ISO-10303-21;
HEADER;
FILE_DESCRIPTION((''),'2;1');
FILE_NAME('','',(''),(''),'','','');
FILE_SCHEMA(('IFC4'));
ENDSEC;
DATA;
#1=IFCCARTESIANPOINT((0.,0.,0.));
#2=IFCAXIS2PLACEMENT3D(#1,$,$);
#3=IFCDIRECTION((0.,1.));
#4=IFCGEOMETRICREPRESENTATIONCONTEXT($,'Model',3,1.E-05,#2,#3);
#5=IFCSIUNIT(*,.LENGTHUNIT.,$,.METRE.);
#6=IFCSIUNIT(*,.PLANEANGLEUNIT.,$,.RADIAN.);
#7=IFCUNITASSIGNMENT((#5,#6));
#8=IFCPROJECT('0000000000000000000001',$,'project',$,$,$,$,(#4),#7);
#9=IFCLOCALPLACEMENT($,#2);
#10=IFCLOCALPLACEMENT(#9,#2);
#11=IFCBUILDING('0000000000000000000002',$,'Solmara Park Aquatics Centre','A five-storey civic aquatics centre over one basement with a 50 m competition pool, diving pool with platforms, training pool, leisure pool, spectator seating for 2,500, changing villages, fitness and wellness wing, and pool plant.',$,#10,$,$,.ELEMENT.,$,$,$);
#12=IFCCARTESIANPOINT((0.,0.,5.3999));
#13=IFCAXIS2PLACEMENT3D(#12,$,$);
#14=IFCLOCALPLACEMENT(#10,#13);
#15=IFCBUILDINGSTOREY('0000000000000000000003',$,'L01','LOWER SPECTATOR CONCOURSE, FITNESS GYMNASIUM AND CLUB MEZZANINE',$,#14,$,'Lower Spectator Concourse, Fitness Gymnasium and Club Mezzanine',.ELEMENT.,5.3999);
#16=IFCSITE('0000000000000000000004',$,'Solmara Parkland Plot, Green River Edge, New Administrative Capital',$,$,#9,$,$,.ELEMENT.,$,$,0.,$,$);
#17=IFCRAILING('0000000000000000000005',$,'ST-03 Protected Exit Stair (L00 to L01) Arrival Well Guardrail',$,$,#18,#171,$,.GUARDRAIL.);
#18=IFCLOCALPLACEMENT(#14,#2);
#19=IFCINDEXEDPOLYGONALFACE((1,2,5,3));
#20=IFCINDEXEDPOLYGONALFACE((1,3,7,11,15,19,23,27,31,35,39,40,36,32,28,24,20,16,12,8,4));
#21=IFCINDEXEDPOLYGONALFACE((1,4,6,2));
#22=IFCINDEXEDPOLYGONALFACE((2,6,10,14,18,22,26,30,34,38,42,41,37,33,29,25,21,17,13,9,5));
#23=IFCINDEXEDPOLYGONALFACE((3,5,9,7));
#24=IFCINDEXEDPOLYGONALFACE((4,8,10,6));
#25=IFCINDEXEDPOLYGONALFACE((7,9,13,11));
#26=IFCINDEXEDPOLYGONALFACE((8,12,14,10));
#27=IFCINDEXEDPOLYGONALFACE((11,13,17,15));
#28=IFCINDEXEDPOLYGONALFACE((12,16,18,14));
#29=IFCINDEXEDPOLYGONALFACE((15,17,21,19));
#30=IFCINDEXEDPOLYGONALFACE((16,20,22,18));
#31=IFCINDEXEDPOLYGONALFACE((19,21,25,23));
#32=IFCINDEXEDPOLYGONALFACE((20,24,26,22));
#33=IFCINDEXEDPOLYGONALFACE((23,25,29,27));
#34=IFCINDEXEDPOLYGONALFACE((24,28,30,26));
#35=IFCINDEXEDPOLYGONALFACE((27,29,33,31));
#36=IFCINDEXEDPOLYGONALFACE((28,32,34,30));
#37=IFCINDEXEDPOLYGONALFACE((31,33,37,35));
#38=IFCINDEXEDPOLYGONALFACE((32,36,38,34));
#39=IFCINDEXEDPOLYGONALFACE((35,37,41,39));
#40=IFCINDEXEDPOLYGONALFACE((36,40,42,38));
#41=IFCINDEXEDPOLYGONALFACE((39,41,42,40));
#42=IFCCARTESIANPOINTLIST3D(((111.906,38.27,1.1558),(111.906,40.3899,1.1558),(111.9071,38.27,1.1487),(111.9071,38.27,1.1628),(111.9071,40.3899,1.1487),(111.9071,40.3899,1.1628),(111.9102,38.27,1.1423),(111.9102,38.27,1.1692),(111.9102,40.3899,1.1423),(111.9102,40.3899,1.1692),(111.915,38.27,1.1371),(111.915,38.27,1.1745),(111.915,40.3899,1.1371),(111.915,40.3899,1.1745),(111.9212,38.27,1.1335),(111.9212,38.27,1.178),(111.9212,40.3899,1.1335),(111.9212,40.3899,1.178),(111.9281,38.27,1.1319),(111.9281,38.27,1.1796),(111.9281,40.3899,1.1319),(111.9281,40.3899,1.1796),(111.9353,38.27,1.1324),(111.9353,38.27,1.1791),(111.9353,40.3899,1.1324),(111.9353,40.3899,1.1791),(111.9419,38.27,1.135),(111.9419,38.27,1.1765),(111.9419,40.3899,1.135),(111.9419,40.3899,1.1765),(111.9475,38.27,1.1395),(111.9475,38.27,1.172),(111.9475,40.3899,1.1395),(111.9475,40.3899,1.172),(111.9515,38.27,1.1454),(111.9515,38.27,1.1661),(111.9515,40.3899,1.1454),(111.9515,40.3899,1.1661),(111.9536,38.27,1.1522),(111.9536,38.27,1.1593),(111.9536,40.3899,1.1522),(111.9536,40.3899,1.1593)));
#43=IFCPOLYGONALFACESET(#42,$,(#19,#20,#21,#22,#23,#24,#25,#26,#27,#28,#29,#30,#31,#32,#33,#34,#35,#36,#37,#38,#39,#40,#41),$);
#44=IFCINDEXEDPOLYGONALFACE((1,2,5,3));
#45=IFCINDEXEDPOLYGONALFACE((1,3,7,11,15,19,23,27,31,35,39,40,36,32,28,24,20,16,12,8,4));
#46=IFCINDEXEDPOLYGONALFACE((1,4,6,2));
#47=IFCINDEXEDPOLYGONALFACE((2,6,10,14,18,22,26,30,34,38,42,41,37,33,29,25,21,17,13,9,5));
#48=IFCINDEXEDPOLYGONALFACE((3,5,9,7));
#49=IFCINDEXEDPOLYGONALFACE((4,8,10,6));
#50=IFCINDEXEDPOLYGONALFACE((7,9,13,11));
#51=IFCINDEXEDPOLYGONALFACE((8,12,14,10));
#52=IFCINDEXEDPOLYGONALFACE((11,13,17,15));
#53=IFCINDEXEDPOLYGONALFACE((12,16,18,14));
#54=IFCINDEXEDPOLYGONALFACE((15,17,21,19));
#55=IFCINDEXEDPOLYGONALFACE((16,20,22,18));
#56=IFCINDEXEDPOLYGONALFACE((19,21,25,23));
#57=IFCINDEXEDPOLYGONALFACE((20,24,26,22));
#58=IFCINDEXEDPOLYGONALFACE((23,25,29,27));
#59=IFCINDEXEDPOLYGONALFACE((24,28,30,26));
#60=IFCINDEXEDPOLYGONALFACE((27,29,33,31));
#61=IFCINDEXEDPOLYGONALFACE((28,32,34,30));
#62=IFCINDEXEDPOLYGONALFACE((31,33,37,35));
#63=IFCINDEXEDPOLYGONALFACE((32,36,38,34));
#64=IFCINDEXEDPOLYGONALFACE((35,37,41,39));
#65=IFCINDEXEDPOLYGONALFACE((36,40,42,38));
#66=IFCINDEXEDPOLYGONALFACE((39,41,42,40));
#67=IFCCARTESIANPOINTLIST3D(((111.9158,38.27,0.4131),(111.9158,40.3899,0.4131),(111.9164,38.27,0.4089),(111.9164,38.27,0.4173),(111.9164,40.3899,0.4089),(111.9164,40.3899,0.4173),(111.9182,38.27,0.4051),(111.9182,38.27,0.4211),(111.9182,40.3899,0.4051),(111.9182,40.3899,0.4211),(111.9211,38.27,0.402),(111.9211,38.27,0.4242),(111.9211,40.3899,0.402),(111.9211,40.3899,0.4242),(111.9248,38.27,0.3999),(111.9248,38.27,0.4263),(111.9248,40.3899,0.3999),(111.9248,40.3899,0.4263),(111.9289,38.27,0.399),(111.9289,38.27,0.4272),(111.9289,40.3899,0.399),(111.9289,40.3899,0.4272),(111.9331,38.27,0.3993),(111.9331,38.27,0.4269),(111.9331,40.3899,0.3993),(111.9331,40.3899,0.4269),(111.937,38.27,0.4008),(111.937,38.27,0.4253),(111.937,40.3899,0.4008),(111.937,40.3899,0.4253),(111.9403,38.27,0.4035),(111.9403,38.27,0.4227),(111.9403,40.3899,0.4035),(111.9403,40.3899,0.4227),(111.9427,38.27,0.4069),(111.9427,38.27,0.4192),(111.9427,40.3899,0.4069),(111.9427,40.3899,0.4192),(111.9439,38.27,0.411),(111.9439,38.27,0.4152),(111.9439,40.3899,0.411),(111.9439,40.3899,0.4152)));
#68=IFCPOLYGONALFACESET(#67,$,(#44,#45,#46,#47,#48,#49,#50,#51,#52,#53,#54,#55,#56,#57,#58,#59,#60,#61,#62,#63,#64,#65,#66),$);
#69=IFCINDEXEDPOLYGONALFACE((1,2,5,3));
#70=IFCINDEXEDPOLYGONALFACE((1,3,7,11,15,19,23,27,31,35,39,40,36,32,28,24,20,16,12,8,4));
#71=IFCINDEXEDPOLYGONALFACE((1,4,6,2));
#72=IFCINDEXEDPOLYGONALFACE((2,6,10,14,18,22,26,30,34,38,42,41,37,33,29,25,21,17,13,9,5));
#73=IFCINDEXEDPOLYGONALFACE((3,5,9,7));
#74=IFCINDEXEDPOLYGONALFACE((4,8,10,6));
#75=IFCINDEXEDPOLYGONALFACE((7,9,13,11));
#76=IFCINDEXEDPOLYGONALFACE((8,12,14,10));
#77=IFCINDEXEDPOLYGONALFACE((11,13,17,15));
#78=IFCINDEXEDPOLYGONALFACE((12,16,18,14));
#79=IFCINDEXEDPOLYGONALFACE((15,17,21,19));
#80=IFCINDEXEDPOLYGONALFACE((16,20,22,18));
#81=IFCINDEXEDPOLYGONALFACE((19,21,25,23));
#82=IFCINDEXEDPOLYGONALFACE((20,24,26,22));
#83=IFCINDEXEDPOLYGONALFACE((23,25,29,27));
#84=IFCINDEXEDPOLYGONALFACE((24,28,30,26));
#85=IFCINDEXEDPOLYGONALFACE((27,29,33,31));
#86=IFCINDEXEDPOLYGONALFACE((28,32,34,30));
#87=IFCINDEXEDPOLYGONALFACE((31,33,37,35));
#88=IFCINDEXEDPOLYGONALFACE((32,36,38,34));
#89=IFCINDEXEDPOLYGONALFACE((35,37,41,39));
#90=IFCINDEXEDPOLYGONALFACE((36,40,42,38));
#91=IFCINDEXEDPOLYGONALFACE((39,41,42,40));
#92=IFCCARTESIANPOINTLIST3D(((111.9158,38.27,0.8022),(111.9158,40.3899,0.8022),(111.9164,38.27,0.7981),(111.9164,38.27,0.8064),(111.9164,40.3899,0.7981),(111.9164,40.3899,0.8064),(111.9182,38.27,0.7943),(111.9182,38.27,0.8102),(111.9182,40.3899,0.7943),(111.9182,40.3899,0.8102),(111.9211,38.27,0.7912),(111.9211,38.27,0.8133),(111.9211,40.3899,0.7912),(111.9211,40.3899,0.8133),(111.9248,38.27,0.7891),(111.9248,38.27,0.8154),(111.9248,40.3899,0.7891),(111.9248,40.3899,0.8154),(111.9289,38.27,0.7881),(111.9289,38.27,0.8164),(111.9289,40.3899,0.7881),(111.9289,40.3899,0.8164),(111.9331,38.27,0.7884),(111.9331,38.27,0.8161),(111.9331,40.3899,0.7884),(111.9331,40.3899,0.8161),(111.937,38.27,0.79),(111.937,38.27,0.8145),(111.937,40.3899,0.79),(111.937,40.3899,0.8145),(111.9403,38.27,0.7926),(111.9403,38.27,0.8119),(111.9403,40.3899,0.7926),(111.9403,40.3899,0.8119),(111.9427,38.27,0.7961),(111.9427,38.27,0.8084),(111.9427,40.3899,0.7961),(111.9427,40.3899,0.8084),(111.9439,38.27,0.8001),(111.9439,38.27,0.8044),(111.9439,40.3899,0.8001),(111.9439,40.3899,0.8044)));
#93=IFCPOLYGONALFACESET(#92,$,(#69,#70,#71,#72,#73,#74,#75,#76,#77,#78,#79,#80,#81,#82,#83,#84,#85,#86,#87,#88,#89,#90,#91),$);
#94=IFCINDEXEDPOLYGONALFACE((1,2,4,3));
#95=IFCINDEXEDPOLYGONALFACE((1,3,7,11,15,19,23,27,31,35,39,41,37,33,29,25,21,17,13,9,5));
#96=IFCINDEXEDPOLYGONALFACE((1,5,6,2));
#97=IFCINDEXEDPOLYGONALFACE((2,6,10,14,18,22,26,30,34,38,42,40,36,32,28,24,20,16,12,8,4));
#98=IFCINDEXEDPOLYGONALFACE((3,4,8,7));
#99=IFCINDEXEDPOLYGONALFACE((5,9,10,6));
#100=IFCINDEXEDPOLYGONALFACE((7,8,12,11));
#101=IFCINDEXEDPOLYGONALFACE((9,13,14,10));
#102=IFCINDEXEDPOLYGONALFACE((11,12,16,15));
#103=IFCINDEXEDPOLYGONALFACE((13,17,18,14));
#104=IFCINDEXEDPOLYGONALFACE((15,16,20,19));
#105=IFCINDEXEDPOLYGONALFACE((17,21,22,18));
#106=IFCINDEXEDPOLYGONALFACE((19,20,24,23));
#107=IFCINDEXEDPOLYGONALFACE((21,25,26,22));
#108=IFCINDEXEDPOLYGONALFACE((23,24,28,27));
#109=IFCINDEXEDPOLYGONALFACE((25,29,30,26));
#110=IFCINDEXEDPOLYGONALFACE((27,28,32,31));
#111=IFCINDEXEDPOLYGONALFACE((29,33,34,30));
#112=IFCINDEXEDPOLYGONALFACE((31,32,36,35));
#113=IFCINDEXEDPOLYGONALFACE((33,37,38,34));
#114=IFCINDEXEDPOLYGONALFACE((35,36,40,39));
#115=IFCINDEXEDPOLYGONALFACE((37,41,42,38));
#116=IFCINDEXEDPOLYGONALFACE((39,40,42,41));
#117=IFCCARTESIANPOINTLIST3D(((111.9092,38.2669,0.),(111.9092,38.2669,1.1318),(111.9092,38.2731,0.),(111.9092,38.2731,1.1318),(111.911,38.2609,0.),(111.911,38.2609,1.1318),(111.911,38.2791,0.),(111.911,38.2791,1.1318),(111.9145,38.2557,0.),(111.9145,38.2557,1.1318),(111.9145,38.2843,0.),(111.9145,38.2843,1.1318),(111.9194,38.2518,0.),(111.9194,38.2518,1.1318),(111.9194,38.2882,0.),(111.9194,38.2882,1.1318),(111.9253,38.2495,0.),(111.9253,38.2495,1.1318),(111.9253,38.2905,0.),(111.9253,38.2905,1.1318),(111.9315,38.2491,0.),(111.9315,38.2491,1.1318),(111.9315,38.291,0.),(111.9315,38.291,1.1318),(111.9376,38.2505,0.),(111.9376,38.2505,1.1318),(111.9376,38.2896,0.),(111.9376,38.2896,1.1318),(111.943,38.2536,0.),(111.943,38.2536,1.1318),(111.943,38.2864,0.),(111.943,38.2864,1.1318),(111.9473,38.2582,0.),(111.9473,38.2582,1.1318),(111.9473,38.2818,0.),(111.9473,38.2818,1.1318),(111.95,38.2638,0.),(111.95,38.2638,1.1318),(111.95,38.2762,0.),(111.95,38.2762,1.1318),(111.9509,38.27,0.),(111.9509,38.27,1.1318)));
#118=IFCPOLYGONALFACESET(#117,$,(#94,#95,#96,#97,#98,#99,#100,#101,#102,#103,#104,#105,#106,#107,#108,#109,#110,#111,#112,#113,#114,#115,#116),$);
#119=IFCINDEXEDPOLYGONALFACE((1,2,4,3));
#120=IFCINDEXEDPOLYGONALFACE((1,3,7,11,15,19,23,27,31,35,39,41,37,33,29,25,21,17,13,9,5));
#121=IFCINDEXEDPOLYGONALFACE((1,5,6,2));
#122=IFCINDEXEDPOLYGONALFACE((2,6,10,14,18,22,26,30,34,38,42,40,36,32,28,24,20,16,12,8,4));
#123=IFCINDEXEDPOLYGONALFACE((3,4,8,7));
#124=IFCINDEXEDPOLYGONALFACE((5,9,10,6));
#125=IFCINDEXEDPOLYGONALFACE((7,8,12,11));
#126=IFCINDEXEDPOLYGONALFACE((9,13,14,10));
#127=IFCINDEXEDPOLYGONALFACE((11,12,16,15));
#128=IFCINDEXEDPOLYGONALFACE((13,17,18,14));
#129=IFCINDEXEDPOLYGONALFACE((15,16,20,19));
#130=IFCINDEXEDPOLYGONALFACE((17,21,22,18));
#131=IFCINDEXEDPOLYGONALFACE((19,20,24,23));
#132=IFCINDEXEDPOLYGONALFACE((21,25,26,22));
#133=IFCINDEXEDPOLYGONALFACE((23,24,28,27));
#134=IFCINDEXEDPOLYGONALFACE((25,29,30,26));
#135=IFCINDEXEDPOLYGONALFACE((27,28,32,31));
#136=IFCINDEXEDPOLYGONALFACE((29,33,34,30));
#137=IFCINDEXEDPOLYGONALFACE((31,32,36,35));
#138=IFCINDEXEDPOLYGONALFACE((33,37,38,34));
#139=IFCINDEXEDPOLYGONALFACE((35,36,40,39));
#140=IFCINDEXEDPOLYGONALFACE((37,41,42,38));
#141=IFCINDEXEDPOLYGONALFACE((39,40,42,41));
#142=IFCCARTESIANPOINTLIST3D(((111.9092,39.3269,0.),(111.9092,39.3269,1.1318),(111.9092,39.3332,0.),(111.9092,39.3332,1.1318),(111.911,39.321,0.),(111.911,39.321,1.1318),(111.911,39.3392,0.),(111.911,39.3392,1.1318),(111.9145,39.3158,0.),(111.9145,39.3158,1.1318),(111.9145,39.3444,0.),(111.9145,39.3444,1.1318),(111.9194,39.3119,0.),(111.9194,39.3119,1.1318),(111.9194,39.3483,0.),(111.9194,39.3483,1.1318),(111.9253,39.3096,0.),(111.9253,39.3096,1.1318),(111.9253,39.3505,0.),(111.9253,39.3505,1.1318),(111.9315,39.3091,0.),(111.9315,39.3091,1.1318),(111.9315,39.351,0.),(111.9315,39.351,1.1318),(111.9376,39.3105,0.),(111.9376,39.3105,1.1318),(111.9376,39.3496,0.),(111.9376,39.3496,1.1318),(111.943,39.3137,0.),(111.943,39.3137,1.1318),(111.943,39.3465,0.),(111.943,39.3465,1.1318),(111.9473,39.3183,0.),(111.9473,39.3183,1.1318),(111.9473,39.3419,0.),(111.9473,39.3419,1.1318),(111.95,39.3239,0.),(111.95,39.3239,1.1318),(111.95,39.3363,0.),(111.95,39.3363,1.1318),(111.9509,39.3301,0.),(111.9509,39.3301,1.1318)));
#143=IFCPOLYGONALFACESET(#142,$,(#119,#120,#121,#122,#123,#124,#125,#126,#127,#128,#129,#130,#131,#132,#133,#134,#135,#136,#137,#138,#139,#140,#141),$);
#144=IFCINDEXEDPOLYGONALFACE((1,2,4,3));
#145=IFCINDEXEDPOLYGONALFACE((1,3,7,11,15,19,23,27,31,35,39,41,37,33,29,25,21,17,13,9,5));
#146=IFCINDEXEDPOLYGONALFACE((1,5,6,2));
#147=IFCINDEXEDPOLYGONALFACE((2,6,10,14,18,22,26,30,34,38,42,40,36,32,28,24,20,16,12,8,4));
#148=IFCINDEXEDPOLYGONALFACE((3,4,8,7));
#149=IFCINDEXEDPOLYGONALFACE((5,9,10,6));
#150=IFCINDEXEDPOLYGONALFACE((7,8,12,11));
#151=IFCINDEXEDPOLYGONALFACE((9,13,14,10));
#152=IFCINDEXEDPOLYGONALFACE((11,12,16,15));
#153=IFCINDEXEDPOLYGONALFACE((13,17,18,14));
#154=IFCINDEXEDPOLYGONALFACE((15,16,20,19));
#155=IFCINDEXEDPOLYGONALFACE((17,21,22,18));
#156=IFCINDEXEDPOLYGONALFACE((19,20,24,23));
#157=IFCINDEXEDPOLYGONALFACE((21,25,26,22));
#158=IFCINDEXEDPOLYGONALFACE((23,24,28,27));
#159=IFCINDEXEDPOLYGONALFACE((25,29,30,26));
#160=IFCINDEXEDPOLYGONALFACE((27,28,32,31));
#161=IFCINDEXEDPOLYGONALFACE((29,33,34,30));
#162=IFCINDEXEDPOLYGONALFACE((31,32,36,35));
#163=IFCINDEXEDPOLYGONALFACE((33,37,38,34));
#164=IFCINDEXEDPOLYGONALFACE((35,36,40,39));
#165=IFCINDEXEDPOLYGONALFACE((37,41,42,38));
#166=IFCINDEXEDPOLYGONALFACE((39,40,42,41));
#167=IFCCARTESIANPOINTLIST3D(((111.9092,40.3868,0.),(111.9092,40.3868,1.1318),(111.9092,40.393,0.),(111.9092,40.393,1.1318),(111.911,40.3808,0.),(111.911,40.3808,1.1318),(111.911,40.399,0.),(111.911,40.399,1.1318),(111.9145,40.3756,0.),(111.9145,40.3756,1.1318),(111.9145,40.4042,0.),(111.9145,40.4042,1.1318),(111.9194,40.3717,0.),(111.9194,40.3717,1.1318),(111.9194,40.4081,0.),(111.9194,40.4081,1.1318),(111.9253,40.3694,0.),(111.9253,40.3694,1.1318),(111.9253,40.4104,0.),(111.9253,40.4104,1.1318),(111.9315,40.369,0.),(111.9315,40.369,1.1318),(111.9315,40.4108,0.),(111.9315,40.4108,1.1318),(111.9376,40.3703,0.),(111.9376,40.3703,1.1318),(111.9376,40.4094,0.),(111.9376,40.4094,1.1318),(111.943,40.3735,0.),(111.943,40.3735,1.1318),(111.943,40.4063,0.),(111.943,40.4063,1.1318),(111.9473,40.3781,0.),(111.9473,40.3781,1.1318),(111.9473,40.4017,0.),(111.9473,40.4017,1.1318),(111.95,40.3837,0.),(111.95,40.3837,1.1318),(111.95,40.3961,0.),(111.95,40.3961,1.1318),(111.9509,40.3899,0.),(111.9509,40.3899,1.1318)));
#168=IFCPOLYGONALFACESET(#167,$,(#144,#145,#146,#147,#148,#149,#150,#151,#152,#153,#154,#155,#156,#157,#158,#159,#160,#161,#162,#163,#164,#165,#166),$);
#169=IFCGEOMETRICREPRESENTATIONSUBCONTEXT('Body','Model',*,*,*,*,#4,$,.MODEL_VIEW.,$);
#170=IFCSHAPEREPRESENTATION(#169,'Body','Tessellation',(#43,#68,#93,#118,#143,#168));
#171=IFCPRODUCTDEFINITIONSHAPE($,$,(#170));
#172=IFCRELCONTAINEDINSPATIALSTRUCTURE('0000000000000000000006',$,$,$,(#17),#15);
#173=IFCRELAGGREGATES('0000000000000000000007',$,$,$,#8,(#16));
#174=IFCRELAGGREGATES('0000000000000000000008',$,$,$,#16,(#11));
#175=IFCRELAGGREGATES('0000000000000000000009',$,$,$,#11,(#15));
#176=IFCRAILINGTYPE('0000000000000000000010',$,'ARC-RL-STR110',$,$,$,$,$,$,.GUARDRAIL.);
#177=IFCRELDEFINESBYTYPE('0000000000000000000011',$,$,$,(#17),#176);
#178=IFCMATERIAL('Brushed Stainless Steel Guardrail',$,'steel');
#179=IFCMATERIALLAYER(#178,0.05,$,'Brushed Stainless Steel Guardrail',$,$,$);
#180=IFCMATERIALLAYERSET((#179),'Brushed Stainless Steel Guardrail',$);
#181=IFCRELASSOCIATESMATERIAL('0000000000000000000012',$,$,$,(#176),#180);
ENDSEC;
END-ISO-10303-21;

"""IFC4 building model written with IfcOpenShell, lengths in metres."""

from ifc_helpers import new_model, si_unit, direction, frame, origin, origin_2d, place, context, subcontext, project, spatial, circle, extrude, material, layer, layer_set, type_object, element, save


model = new_model("IFC4")

# Units and contexts
model_context = context("Model", 3, precision=1e-05, world=origin(), true_north=direction((0.0, 1.0)))
body_context = subcontext(model_context, "Body", "Model", "MODEL_VIEW")
ifc_project = project(units=[si_unit("LENGTHUNIT", "METRE"), si_unit("PLANEANGLEUNIT", "RADIAN")], contexts=[model_context])

# Site, building, storey
site_placement = place(None, origin())
site = spatial("IfcSite", under=ifc_project, at=site_placement, Name="Solmara Parkland Plot, Green River Edge, New Administrative Capital", CompositionType="ELEMENT", RefElevation=0.0)
building_placement = place(site_placement, origin())
building = spatial("IfcBuilding", under=site, at=building_placement, Name="Solmara Park Aquatics Centre", Description="A five-storey civic aquatics centre over one basement with a 50 m competition pool, diving pool with platforms, training pool, leisure pool, spectator seating for 2,500, changing villages, fitness and wellness wing, and pool plant.", CompositionType="ELEMENT")
storey_placement = place(building_placement, frame((0.0, 0.0, 5.3999)))
storey = spatial("IfcBuildingStorey", under=building, at=storey_placement, Name="L01", Description="LOWER SPECTATOR CONCOURSE, FITNESS GYMNASIUM AND CLUB MEZZANINE", LongName="Lower Spectator Concourse, Fitness Gymnasium and Club Mezzanine", CompositionType="ELEMENT", Elevation=5.3999)

# Railing
ifc_material_1 = material(Name="Brushed Stainless Steel Guardrail", Category="steel")
ifc_layer_1 = layer(ifc_material_1, 0.05, Name="Brushed Stainless Steel Guardrail")
ifc_layer_set_1 = layer_set([ifc_layer_1], Name="Brushed Stainless Steel Guardrail")
railing_type_1 = type_object("IfcRailingType", Name="ARC-RL-STR110", PredefinedType="GUARDRAIL", material=ifc_layer_set_1)
railing_1_placement = place(storey_placement, frame((111.9299, 38.27, 0.0)))
element("IfcRailing", 1, at=railing_1_placement, inside=storey, type_object=railing_type_1, Name="ST-03 Protected Exit Stair (L00 to L01) Arrival Well Guardrail", PredefinedType="GUARDRAIL", context=body_context, shape_type="SweptSolid", body=[
    extrude(circle(Radius=0.0239, at=origin_2d()), frame((0.0, 0.0, 1.1558), z_axis=(0.0, 1.0, 0.0), x_axis=(-1.0, 0.0, 0.0)), (0.0, 0.0, 1.0), 2.1199),
    extrude(circle(Radius=0.0142, at=origin_2d()), frame((0.0, 0.0, 0.4131), z_axis=(0.0, 1.0, 0.0), x_axis=(-1.0, 0.0, 0.0)), (0.0, 0.0, 1.0), 2.1199),
    extrude(circle(Radius=0.0142, at=origin_2d()), frame((0.0, 0.0, 0.8022), z_axis=(0.0, 1.0, 0.0), x_axis=(-1.0, 0.0, 0.0)), (0.0, 0.0, 1.0), 2.1199),
    extrude(circle(Radius=0.021, at=origin_2d()), origin(), (0.0, 0.0, 1.0), 1.1318),
    extrude(circle(Radius=0.021, at=origin_2d()), frame((0.0, 1.0601, 0.0)), (0.0, 0.0, 1.0), 1.1318),
    extrude(circle(Radius=0.021, at=origin_2d()), frame((0.0, 2.1199, 0.0)), (0.0, 0.0, 1.0), 1.1318),
])

save(model, "model.ifc")
